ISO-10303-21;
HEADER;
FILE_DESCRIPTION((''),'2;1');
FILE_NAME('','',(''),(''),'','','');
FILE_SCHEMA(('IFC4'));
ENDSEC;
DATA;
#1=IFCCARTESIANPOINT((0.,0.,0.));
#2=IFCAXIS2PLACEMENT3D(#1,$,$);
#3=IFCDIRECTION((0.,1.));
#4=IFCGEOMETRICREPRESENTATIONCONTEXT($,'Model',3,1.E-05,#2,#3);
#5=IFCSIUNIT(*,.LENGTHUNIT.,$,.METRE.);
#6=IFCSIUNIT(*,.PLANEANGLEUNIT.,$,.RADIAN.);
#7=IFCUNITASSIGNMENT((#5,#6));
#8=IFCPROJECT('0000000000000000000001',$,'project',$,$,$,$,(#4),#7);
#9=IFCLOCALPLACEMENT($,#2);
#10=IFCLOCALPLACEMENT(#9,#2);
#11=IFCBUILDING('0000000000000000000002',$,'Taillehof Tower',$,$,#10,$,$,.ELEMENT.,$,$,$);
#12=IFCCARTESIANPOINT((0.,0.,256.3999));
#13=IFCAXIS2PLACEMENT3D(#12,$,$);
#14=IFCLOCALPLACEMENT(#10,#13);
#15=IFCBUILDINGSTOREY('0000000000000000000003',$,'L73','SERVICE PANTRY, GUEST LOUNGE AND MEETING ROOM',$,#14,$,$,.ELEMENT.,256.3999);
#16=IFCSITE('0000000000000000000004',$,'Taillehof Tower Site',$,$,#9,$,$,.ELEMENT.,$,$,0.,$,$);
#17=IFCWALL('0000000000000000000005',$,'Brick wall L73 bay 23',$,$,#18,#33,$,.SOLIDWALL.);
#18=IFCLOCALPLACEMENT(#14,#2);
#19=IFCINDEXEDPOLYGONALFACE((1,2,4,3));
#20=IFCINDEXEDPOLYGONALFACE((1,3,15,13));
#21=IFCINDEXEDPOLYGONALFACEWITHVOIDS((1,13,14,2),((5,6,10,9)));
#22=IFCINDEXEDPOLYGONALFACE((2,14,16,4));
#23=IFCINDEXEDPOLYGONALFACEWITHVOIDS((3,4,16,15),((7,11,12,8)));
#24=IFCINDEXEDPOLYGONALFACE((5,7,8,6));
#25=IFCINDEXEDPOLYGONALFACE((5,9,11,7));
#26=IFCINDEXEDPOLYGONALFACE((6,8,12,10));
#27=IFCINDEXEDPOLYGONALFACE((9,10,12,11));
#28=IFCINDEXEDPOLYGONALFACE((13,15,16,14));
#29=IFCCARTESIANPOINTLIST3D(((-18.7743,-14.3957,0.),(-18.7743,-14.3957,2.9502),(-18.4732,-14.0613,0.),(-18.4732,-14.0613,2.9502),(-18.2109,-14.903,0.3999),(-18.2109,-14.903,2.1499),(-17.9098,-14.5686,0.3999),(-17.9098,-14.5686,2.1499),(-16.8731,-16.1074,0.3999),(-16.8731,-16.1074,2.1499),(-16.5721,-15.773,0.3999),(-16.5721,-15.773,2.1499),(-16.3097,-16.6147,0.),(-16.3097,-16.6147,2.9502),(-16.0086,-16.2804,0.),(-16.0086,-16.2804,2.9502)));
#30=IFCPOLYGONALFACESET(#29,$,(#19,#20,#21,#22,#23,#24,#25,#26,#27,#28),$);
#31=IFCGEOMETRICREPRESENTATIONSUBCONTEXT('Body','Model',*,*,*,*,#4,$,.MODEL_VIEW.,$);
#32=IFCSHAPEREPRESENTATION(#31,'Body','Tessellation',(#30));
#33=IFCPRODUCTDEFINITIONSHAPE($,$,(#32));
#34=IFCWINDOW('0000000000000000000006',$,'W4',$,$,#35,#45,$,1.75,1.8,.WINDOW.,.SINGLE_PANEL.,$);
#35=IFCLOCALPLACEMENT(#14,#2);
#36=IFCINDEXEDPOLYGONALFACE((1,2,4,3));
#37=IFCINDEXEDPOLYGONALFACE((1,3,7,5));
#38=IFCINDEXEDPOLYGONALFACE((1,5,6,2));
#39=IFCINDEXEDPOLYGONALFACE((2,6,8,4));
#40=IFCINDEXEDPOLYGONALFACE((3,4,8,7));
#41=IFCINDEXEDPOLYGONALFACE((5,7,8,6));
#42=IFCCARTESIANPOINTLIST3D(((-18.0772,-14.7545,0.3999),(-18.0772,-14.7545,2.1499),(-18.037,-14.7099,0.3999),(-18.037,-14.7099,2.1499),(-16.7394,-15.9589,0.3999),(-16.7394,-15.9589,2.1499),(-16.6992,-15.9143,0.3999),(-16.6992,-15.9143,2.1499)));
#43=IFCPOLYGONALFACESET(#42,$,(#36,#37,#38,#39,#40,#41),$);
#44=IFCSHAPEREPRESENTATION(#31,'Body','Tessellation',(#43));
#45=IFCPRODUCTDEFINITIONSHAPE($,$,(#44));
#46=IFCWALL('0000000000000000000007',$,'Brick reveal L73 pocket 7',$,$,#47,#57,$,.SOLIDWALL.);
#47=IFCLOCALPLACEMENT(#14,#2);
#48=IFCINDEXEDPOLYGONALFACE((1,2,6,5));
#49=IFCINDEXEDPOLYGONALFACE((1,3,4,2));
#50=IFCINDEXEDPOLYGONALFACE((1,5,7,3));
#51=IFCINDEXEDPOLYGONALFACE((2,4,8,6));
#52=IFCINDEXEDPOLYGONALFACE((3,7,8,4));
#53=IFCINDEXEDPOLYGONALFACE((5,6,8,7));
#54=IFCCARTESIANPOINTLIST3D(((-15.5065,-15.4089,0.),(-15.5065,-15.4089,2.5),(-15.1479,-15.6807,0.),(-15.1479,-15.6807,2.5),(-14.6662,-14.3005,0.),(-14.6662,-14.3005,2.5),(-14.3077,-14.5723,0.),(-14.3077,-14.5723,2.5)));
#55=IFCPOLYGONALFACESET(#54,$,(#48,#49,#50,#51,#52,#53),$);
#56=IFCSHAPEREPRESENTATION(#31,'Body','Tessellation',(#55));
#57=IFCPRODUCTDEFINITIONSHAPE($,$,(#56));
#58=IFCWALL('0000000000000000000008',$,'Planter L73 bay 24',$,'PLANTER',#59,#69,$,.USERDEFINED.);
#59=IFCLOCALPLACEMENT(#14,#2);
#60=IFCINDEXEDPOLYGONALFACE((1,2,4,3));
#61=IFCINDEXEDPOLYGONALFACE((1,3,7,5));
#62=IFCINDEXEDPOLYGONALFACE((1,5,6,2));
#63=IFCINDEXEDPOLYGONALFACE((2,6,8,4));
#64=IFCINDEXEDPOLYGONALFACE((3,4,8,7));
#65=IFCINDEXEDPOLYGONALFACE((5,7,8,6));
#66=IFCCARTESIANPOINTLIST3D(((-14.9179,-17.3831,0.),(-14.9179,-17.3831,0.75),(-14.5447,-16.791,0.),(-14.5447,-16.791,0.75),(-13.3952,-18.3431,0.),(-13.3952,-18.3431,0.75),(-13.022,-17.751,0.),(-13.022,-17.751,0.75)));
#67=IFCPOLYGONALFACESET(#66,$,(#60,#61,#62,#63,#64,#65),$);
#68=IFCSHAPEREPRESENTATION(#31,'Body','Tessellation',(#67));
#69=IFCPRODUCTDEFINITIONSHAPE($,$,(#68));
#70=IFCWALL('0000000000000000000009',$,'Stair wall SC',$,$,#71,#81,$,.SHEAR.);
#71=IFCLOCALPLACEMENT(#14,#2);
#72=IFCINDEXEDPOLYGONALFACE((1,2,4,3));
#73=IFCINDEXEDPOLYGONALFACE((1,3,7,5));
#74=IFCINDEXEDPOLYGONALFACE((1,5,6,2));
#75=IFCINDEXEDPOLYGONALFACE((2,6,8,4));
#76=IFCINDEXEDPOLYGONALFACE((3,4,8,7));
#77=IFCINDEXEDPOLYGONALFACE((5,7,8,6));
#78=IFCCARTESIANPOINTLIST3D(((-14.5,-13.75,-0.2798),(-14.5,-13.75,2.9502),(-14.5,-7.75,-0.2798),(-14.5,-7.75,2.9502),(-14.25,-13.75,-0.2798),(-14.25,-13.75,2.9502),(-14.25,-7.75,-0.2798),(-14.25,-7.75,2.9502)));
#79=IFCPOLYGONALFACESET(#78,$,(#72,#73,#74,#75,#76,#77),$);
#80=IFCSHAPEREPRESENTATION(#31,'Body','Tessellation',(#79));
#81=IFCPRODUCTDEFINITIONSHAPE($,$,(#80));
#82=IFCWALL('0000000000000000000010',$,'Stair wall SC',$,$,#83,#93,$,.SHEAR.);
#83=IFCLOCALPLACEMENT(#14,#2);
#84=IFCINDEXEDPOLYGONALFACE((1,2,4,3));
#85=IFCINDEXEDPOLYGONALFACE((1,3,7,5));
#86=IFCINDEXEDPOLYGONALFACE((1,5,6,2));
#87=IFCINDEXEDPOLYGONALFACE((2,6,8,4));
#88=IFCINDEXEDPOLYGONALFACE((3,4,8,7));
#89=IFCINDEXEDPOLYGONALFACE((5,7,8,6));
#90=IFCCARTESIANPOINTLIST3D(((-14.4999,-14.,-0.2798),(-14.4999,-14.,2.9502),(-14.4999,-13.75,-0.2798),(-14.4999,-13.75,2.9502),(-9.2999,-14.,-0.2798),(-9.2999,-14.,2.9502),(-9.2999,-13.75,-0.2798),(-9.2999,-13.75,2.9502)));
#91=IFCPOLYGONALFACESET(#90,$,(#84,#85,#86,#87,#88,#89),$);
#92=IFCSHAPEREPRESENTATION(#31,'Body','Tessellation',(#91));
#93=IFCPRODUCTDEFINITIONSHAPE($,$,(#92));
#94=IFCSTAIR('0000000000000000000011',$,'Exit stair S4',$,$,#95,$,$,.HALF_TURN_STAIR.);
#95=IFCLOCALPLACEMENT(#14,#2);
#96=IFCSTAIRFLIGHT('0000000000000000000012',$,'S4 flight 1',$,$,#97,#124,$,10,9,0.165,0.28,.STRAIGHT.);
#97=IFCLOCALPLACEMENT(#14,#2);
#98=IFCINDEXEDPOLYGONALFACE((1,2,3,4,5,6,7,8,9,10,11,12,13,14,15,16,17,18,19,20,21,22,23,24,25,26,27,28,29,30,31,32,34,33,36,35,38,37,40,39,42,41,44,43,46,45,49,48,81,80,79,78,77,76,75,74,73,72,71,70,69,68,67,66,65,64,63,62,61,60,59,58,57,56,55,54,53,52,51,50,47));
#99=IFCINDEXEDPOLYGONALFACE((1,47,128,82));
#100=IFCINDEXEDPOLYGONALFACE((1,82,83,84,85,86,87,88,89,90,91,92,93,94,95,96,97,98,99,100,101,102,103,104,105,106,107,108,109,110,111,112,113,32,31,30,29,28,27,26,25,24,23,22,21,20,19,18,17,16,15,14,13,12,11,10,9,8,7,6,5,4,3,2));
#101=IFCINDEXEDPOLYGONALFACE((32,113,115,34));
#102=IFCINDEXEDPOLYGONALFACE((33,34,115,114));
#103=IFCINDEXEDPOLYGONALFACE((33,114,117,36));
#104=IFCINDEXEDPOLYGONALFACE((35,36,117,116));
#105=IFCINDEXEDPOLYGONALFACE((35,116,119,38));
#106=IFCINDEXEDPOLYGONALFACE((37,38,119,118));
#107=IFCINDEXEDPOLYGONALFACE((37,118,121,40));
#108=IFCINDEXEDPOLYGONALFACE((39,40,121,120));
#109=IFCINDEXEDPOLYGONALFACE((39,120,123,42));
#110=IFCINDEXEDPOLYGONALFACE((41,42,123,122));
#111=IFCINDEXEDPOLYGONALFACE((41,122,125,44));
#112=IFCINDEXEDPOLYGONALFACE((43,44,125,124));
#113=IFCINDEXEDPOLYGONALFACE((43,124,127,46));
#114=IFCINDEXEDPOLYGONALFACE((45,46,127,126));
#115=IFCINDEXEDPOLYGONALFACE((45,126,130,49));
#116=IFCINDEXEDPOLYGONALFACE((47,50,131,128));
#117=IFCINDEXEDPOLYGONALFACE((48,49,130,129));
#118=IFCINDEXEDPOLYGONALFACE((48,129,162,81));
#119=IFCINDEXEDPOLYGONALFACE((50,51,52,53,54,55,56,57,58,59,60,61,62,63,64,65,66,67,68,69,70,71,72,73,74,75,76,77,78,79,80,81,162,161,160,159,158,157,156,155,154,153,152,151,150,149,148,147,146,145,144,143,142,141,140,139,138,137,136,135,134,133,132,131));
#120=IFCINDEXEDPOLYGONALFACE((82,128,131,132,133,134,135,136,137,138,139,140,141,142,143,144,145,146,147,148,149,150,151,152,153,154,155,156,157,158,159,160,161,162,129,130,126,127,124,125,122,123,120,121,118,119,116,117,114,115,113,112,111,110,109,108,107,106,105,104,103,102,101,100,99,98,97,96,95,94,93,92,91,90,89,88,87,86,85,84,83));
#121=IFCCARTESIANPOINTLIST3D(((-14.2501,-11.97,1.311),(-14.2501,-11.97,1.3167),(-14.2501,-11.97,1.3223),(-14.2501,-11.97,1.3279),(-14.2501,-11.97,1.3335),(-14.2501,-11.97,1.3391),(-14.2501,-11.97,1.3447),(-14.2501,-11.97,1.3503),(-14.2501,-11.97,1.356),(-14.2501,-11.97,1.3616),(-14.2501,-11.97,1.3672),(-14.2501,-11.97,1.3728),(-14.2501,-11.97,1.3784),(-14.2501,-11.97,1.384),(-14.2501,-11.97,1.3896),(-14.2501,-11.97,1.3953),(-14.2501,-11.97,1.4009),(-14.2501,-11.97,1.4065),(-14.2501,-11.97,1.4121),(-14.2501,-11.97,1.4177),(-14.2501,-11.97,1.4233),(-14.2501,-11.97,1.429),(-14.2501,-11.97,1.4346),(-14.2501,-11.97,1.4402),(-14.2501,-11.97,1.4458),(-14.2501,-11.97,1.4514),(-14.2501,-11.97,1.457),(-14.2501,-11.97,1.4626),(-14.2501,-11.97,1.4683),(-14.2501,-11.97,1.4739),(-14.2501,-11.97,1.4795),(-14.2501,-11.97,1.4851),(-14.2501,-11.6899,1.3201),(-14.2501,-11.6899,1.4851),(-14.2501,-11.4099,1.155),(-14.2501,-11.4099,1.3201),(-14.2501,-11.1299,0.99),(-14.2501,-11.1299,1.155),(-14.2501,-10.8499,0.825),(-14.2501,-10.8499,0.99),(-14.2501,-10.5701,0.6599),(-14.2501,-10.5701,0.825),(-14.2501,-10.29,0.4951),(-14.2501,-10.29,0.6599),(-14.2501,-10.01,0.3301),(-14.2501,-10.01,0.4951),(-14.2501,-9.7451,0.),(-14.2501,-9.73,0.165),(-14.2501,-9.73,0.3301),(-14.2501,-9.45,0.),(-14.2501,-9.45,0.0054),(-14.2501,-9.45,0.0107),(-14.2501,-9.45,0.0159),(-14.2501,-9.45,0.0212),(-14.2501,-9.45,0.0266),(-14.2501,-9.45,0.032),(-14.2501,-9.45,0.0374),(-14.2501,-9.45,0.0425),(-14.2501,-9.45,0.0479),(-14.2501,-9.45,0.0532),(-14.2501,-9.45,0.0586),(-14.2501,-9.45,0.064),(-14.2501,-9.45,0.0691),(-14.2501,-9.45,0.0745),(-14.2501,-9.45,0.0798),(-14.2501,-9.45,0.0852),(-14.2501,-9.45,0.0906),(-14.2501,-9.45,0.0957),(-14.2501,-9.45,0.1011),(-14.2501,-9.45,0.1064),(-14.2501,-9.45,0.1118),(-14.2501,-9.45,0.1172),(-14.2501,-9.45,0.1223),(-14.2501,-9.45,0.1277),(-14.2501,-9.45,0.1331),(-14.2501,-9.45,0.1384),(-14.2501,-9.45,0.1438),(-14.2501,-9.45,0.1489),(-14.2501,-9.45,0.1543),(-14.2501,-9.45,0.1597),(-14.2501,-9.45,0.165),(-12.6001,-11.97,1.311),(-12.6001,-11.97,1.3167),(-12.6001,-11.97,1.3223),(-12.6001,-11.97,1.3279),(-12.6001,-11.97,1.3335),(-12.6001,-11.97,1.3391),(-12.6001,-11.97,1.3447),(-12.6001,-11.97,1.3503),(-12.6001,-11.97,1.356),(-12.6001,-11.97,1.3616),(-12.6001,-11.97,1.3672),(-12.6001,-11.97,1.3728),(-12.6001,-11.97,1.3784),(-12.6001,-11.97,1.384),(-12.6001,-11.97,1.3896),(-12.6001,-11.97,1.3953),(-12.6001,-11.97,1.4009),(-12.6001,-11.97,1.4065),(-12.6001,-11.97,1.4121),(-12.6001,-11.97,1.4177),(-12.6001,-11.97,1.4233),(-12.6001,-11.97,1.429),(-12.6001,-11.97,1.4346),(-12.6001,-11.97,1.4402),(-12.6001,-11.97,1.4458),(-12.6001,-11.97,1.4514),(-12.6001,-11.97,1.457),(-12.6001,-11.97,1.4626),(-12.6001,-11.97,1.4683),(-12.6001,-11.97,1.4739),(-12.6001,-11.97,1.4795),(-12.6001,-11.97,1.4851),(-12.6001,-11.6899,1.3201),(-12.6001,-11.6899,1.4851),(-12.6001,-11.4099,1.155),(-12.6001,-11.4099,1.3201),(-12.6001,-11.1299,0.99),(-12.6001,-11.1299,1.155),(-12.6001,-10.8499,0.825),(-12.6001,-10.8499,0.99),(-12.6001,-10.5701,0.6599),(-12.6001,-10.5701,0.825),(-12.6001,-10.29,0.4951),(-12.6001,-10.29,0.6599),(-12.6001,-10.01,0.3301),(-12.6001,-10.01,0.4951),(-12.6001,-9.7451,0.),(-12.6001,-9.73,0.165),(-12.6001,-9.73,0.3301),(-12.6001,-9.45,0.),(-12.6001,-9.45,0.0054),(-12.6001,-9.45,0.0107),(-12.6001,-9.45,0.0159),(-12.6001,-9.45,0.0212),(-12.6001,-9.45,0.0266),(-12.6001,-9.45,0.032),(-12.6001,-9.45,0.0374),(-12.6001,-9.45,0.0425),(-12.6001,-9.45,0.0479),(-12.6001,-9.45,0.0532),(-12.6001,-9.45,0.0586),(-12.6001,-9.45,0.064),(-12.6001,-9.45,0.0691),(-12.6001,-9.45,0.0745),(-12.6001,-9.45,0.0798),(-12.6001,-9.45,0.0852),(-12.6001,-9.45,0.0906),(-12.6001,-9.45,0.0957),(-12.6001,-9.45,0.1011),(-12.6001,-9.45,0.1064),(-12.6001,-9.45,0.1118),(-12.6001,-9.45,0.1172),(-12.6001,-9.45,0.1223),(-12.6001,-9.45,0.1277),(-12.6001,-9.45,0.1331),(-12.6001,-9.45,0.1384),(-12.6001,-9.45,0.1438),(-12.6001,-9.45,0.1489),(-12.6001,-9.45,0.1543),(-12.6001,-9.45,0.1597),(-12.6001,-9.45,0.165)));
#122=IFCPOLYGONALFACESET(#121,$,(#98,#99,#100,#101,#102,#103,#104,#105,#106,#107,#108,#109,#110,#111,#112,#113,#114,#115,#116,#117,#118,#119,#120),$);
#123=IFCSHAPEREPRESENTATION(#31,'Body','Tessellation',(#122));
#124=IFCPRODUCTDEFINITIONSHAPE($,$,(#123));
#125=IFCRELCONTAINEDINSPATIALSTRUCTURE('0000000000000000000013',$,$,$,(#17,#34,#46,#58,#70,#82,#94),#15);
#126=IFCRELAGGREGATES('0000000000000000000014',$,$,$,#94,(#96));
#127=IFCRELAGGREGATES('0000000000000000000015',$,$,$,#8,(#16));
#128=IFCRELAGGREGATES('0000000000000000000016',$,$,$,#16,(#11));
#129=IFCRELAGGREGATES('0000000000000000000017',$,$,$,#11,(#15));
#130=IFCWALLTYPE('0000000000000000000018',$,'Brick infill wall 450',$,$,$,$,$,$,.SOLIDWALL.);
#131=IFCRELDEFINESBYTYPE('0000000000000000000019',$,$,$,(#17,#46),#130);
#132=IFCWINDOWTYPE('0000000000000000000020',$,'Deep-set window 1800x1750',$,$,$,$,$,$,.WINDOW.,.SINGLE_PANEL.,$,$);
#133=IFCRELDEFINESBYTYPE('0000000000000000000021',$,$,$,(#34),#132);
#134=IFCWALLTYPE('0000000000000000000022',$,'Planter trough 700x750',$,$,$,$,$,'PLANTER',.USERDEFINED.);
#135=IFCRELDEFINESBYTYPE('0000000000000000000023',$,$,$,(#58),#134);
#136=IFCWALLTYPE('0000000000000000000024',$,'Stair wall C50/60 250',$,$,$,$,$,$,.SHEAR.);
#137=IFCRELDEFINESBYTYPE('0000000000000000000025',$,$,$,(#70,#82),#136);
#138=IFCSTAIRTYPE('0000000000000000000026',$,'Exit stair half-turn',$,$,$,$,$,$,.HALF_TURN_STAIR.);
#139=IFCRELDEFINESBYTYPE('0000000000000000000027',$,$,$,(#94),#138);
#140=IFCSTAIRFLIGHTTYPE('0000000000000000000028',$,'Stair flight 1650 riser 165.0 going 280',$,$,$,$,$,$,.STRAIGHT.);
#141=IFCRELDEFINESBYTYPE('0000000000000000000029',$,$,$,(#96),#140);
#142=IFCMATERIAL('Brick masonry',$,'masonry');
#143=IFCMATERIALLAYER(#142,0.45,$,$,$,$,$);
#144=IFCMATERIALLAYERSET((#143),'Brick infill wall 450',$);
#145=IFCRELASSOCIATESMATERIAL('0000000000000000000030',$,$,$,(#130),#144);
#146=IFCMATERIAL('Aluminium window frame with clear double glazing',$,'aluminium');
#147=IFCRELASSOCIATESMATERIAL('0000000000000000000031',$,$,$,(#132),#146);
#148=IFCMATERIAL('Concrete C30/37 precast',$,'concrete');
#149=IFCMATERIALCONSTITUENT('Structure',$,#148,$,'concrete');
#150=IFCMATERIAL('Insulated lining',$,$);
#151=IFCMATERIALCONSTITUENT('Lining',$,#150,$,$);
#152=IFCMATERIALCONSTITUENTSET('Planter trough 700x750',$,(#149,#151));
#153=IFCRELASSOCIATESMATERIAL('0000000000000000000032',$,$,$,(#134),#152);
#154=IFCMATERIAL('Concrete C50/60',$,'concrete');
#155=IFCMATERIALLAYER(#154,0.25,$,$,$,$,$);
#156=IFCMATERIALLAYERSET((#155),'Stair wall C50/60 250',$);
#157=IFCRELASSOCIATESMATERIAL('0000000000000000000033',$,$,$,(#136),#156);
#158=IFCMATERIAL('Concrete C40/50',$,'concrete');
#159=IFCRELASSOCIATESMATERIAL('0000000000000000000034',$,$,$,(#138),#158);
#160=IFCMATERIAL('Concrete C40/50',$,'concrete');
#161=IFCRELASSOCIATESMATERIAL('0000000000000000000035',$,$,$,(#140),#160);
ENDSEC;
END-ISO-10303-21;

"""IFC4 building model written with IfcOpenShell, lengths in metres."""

from ifc_helpers import new_model, si_unit, direction, frame, frame_2d, origin, place, context, subcontext, project, spatial, polyline, rectangle, outline, extrude, material, layer, layer_set, constituent, constituent_set, type_object, element, fill, aggregate, save


model = new_model("IFC4")

# Units and contexts
model_context = context("Model", 3, precision=1e-05, world=origin(), true_north=direction((0.0, 1.0)))
body_context = subcontext(model_context, "Body", "Model", "MODEL_VIEW")
ifc_project = project(units=[si_unit("LENGTHUNIT", "METRE"), si_unit("PLANEANGLEUNIT", "RADIAN")], contexts=[model_context])

# Site, building, storey
site_placement = place(None, origin())
site = spatial("IfcSite", under=ifc_project, at=site_placement, Name="Taillehof Tower Site", CompositionType="ELEMENT", RefElevation=0.0)
building_placement = place(site_placement, origin())
building = spatial("IfcBuilding", under=site, at=building_placement, Name="Taillehof Tower", CompositionType="ELEMENT")
storey_placement = place(building_placement, frame((0.0, 0.0, 256.3999)))
storey = spatial("IfcBuildingStorey", under=building, at=storey_placement, Name="L73", Description="SERVICE PANTRY, GUEST LOUNGE AND MEETING ROOM", CompositionType="ELEMENT", Elevation=256.3999)

# Wall, opening, window
ifc_material_1 = material(Name="Brick masonry", Category="masonry")
ifc_layer_1 = layer(ifc_material_1, 0.45)
ifc_layer_set_1 = layer_set([ifc_layer_1], Name="Brick infill wall 450")
wall_type_1 = type_object("IfcWallType", Name="Brick infill wall 450", PredefinedType="SOLIDWALL", material=ifc_layer_set_1)
ifc_material_2 = material(Name="Aluminium window frame with clear double glazing", Category="aluminium")
window_type_1 = type_object("IfcWindowType", Name="Deep-set window 1800x1750", PartitioningType="SINGLE_PANEL", PredefinedType="WINDOW", material=ifc_material_2)
wall_1_placement = place(storey_placement, frame((-18.6238, -14.2285, 0.0), z_axis=(0.0, 0.0, 1.0), x_axis=(0.743166, -0.669107, 0.0)))
wall_1 = element("IfcWall", 1, at=wall_1_placement, inside=storey, type_object=wall_type_1, Name="Brick wall L73 bay 23", PredefinedType="SOLIDWALL", context=body_context, shape_type="SweptSolid", body=[
    extrude(rectangle(XDim=3.3164, YDim=0.45, at=frame_2d((1.6582, 0.0))), origin(), (0.0, 0.0, 1.0), 2.9502),
])
opening_1_placement = place(wall_1_placement, frame((0.7583, 0.0, 0.3999)))
opening_1 = element("IfcOpeningElement", 2, at=opening_1_placement, cuts=wall_1, PredefinedType="OPENING", context=body_context, shape_type="SweptSolid", body=[
    extrude(rectangle(XDim=1.8, YDim=1.75, at=frame_2d((0.8999, 0.875))), frame((0.0, 0.2349, 0.0), z_axis=(0.0, -1.0, 0.0), x_axis=(1.0, 0.0, 0.0)), (0.0, 0.0, 1.0), 0.47),
])
window_1_placement = place(opening_1_placement, origin())
window_1 = element("IfcWindow", 3, at=window_1_placement, inside=storey, type_object=window_type_1, Name="W4", OverallHeight=1.75, OverallWidth=1.8, PartitioningType="SINGLE_PANEL", PredefinedType="WINDOW", context=body_context, shape_type="SweptSolid", body=[
    extrude(rectangle(XDim=1.8, YDim=1.75, at=frame_2d((0.8999, 0.875))), frame((0.0, 0.0349, 0.0), z_axis=(0.0, -1.0, 0.0), x_axis=(1.0, 0.0, 0.0)), (0.0, 0.0, 1.0), 0.0601),
])
fill(opening_1, window_1)

# Wall
wall_2_placement = place(storey_placement, frame((-15.3271, -15.5447, 0.0), z_axis=(0.0, 0.0, 1.0), x_axis=(0.604148, 0.796872, 0.0)))
element("IfcWall", 4, at=wall_2_placement, inside=storey, type_object=wall_type_1, Name="Brick reveal L73 pocket 7", PredefinedType="SOLIDWALL", context=body_context, shape_type="SweptSolid", body=[
    extrude(rectangle(XDim=1.3909, YDim=0.45, at=frame_2d((0.6953, 0.0))), origin(), (0.0, 0.0, 1.0), 2.5),
])

# Walls
ifc_material_3 = material(Name="Concrete C30/37 precast", Category="concrete")
ifc_constituent_1 = constituent(ifc_material_3, Name="Structure", Category="concrete")
ifc_material_4 = material(Name="Insulated lining")
ifc_constituent_2 = constituent(ifc_material_4, Name="Lining")
ifc_constituent_set = constituent_set(constituents=[ifc_constituent_1, ifc_constituent_2], Name="Planter trough 700x750")
wall_type_2 = type_object("IfcWallType", Name="Planter trough 700x750", ElementType="PLANTER", PredefinedType="USERDEFINED", material=ifc_constituent_set)
wall_3_placement = place(storey_placement, frame((-14.7312, -17.0872, 0.0), z_axis=(0.0, 0.0, 1.0), x_axis=(0.845927, -0.533299, 0.0)))
element("IfcWall", 5, at=wall_3_placement, inside=storey, type_object=wall_type_2, Name="Planter L73 bay 24", ObjectType="PLANTER", PredefinedType="USERDEFINED", context=body_context, shape_type="SweptSolid", body=[
    extrude(rectangle(XDim=1.8, YDim=0.7, at=frame_2d((0.8999, 0.0))), origin(), (0.0, 0.0, 1.0), 0.75),
])
ifc_material_5 = material(Name="Concrete C50/60", Category="concrete")
ifc_layer_2 = layer(ifc_material_5, 0.25)
ifc_layer_set_2 = layer_set([ifc_layer_2], Name="Stair wall C50/60 250")
wall_type_3 = type_object("IfcWallType", Name="Stair wall C50/60 250", PredefinedType="SHEAR", material=ifc_layer_set_2)
wall_4_placement = place(storey_placement, frame((-14.375, -13.75, -0.2798), z_axis=(0.0, 0.0, 1.0), x_axis=(0.0, 1.0, 0.0)))
element("IfcWall", 6, at=wall_4_placement, inside=storey, type_object=wall_type_3, Name="Stair wall SC", PredefinedType="SHEAR", context=body_context, shape_type="SweptSolid", body=[
    extrude(rectangle(XDim=6.0, YDim=0.25, at=frame_2d((3.0, 0.0))), origin(), (0.0, 0.0, 1.0), 3.23),
])
wall_5_placement = place(storey_placement, frame((-14.5, -13.875, -0.2798), z_axis=(0.0, 0.0, 1.0), x_axis=(1.0, 0.0, 0.0)))
element("IfcWall", 7, at=wall_5_placement, inside=storey, type_object=wall_type_3, Name="Stair wall SC", PredefinedType="SHEAR", context=body_context, shape_type="SweptSolid", body=[
    extrude(rectangle(XDim=5.2, YDim=0.25, at=frame_2d((2.6001, 0.0))), origin(), (0.0, 0.0, 1.0), 3.23),
])

# Stair, stair flight
ifc_material_6 = material(Name="Concrete C40/50", Category="concrete")
stair_type = type_object("IfcStairType", Name="Exit stair half-turn", PredefinedType="HALF_TURN_STAIR", material=ifc_material_6)
stair_placement = place(storey_placement, origin())
stair = element("IfcStair", 8, at=stair_placement, inside=storey, type_object=stair_type, Name="Exit stair S4", PredefinedType="HALF_TURN_STAIR")
ifc_material_7 = material(Name="Concrete C40/50", Category="concrete")
stair_flight_type = type_object("IfcStairFlightType", Name="Stair flight 1650 riser 165.0 going 280", PredefinedType="STRAIGHT", material=ifc_material_7)
stair_flight_placement = place(storey_placement, frame((-13.425, -9.45, 0.0), z_axis=(0.0, 0.0, 1.0), x_axis=(0.0, -1.0, 0.0)))
stair_flight = element("IfcStairFlight", 9, at=stair_flight_placement, type_object=stair_flight_type, Name="S4 flight 1", NumberOfRisers=10, NumberOfTreads=9, PredefinedType="STRAIGHT", RiserHeight=0.165, TreadLength=0.28, context=body_context, shape_type="SweptSolid", body=[
    extrude(outline(polyline([(0.0, 0.0), (0.0, 0.0054), (0.0, 0.0107), (0.0, 0.0159), (0.0, 0.0212), (0.0, 0.0266), (0.0, 0.032), (0.0, 0.0374), (0.0, 0.0425), (0.0, 0.0479), (0.0, 0.0532), (0.0, 0.0586), (0.0, 0.064), (0.0, 0.0691), (0.0, 0.0745), (0.0, 0.0798), (0.0, 0.0852), (0.0, 0.0906), (0.0, 0.0957), (0.0, 0.1011), (0.0, 0.1064), (0.0, 0.1118), (0.0, 0.1172), (0.0, 0.1223), (0.0, 0.1277), (0.0, 0.1331), (0.0, 0.1384), (0.0, 0.1438), (0.0, 0.1489), (0.0, 0.1543), (0.0, 0.1597), (0.0, 0.165), (0.28, 0.165), (0.28, 0.3301), (0.5601, 0.3301), (0.5601, 0.4951), (0.8401, 0.4951), (0.8401, 0.6599), (1.1201, 0.6599), (1.1201, 0.825), (1.3999, 0.825), (1.3999, 0.99), (1.6799, 0.99), (1.6799, 1.155), (1.96, 1.155), (1.96, 1.3201), (2.24, 1.3201), (2.24, 1.4851), (2.52, 1.4851), (2.52, 1.4795), (2.52, 1.4739), (2.52, 1.4683), (2.52, 1.4626), (2.52, 1.457), (2.52, 1.4514), (2.52, 1.4458), (2.52, 1.4402), (2.52, 1.4346), (2.52, 1.429), (2.52, 1.4233), (2.52, 1.4177), (2.52, 1.4121), (2.52, 1.4065), (2.52, 1.4009), (2.52, 1.3953), (2.52, 1.3896), (2.52, 1.384), (2.52, 1.3784), (2.52, 1.3728), (2.52, 1.3672), (2.52, 1.3616), (2.52, 1.356), (2.52, 1.3503), (2.52, 1.3447), (2.52, 1.3391), (2.52, 1.3335), (2.52, 1.3279), (2.52, 1.3223), (2.52, 1.3167), (2.52, 1.311), (0.2952, 0.0), (0.0, 0.0)])), frame((0.0, 0.825, 0.0), z_axis=(0.0, -1.0, 0.0), x_axis=(1.0, 0.0, 0.0)), (0.0, 0.0, 1.0), 1.65),
])
aggregate(stair, [stair_flight])

save(model, "model.ifc")
